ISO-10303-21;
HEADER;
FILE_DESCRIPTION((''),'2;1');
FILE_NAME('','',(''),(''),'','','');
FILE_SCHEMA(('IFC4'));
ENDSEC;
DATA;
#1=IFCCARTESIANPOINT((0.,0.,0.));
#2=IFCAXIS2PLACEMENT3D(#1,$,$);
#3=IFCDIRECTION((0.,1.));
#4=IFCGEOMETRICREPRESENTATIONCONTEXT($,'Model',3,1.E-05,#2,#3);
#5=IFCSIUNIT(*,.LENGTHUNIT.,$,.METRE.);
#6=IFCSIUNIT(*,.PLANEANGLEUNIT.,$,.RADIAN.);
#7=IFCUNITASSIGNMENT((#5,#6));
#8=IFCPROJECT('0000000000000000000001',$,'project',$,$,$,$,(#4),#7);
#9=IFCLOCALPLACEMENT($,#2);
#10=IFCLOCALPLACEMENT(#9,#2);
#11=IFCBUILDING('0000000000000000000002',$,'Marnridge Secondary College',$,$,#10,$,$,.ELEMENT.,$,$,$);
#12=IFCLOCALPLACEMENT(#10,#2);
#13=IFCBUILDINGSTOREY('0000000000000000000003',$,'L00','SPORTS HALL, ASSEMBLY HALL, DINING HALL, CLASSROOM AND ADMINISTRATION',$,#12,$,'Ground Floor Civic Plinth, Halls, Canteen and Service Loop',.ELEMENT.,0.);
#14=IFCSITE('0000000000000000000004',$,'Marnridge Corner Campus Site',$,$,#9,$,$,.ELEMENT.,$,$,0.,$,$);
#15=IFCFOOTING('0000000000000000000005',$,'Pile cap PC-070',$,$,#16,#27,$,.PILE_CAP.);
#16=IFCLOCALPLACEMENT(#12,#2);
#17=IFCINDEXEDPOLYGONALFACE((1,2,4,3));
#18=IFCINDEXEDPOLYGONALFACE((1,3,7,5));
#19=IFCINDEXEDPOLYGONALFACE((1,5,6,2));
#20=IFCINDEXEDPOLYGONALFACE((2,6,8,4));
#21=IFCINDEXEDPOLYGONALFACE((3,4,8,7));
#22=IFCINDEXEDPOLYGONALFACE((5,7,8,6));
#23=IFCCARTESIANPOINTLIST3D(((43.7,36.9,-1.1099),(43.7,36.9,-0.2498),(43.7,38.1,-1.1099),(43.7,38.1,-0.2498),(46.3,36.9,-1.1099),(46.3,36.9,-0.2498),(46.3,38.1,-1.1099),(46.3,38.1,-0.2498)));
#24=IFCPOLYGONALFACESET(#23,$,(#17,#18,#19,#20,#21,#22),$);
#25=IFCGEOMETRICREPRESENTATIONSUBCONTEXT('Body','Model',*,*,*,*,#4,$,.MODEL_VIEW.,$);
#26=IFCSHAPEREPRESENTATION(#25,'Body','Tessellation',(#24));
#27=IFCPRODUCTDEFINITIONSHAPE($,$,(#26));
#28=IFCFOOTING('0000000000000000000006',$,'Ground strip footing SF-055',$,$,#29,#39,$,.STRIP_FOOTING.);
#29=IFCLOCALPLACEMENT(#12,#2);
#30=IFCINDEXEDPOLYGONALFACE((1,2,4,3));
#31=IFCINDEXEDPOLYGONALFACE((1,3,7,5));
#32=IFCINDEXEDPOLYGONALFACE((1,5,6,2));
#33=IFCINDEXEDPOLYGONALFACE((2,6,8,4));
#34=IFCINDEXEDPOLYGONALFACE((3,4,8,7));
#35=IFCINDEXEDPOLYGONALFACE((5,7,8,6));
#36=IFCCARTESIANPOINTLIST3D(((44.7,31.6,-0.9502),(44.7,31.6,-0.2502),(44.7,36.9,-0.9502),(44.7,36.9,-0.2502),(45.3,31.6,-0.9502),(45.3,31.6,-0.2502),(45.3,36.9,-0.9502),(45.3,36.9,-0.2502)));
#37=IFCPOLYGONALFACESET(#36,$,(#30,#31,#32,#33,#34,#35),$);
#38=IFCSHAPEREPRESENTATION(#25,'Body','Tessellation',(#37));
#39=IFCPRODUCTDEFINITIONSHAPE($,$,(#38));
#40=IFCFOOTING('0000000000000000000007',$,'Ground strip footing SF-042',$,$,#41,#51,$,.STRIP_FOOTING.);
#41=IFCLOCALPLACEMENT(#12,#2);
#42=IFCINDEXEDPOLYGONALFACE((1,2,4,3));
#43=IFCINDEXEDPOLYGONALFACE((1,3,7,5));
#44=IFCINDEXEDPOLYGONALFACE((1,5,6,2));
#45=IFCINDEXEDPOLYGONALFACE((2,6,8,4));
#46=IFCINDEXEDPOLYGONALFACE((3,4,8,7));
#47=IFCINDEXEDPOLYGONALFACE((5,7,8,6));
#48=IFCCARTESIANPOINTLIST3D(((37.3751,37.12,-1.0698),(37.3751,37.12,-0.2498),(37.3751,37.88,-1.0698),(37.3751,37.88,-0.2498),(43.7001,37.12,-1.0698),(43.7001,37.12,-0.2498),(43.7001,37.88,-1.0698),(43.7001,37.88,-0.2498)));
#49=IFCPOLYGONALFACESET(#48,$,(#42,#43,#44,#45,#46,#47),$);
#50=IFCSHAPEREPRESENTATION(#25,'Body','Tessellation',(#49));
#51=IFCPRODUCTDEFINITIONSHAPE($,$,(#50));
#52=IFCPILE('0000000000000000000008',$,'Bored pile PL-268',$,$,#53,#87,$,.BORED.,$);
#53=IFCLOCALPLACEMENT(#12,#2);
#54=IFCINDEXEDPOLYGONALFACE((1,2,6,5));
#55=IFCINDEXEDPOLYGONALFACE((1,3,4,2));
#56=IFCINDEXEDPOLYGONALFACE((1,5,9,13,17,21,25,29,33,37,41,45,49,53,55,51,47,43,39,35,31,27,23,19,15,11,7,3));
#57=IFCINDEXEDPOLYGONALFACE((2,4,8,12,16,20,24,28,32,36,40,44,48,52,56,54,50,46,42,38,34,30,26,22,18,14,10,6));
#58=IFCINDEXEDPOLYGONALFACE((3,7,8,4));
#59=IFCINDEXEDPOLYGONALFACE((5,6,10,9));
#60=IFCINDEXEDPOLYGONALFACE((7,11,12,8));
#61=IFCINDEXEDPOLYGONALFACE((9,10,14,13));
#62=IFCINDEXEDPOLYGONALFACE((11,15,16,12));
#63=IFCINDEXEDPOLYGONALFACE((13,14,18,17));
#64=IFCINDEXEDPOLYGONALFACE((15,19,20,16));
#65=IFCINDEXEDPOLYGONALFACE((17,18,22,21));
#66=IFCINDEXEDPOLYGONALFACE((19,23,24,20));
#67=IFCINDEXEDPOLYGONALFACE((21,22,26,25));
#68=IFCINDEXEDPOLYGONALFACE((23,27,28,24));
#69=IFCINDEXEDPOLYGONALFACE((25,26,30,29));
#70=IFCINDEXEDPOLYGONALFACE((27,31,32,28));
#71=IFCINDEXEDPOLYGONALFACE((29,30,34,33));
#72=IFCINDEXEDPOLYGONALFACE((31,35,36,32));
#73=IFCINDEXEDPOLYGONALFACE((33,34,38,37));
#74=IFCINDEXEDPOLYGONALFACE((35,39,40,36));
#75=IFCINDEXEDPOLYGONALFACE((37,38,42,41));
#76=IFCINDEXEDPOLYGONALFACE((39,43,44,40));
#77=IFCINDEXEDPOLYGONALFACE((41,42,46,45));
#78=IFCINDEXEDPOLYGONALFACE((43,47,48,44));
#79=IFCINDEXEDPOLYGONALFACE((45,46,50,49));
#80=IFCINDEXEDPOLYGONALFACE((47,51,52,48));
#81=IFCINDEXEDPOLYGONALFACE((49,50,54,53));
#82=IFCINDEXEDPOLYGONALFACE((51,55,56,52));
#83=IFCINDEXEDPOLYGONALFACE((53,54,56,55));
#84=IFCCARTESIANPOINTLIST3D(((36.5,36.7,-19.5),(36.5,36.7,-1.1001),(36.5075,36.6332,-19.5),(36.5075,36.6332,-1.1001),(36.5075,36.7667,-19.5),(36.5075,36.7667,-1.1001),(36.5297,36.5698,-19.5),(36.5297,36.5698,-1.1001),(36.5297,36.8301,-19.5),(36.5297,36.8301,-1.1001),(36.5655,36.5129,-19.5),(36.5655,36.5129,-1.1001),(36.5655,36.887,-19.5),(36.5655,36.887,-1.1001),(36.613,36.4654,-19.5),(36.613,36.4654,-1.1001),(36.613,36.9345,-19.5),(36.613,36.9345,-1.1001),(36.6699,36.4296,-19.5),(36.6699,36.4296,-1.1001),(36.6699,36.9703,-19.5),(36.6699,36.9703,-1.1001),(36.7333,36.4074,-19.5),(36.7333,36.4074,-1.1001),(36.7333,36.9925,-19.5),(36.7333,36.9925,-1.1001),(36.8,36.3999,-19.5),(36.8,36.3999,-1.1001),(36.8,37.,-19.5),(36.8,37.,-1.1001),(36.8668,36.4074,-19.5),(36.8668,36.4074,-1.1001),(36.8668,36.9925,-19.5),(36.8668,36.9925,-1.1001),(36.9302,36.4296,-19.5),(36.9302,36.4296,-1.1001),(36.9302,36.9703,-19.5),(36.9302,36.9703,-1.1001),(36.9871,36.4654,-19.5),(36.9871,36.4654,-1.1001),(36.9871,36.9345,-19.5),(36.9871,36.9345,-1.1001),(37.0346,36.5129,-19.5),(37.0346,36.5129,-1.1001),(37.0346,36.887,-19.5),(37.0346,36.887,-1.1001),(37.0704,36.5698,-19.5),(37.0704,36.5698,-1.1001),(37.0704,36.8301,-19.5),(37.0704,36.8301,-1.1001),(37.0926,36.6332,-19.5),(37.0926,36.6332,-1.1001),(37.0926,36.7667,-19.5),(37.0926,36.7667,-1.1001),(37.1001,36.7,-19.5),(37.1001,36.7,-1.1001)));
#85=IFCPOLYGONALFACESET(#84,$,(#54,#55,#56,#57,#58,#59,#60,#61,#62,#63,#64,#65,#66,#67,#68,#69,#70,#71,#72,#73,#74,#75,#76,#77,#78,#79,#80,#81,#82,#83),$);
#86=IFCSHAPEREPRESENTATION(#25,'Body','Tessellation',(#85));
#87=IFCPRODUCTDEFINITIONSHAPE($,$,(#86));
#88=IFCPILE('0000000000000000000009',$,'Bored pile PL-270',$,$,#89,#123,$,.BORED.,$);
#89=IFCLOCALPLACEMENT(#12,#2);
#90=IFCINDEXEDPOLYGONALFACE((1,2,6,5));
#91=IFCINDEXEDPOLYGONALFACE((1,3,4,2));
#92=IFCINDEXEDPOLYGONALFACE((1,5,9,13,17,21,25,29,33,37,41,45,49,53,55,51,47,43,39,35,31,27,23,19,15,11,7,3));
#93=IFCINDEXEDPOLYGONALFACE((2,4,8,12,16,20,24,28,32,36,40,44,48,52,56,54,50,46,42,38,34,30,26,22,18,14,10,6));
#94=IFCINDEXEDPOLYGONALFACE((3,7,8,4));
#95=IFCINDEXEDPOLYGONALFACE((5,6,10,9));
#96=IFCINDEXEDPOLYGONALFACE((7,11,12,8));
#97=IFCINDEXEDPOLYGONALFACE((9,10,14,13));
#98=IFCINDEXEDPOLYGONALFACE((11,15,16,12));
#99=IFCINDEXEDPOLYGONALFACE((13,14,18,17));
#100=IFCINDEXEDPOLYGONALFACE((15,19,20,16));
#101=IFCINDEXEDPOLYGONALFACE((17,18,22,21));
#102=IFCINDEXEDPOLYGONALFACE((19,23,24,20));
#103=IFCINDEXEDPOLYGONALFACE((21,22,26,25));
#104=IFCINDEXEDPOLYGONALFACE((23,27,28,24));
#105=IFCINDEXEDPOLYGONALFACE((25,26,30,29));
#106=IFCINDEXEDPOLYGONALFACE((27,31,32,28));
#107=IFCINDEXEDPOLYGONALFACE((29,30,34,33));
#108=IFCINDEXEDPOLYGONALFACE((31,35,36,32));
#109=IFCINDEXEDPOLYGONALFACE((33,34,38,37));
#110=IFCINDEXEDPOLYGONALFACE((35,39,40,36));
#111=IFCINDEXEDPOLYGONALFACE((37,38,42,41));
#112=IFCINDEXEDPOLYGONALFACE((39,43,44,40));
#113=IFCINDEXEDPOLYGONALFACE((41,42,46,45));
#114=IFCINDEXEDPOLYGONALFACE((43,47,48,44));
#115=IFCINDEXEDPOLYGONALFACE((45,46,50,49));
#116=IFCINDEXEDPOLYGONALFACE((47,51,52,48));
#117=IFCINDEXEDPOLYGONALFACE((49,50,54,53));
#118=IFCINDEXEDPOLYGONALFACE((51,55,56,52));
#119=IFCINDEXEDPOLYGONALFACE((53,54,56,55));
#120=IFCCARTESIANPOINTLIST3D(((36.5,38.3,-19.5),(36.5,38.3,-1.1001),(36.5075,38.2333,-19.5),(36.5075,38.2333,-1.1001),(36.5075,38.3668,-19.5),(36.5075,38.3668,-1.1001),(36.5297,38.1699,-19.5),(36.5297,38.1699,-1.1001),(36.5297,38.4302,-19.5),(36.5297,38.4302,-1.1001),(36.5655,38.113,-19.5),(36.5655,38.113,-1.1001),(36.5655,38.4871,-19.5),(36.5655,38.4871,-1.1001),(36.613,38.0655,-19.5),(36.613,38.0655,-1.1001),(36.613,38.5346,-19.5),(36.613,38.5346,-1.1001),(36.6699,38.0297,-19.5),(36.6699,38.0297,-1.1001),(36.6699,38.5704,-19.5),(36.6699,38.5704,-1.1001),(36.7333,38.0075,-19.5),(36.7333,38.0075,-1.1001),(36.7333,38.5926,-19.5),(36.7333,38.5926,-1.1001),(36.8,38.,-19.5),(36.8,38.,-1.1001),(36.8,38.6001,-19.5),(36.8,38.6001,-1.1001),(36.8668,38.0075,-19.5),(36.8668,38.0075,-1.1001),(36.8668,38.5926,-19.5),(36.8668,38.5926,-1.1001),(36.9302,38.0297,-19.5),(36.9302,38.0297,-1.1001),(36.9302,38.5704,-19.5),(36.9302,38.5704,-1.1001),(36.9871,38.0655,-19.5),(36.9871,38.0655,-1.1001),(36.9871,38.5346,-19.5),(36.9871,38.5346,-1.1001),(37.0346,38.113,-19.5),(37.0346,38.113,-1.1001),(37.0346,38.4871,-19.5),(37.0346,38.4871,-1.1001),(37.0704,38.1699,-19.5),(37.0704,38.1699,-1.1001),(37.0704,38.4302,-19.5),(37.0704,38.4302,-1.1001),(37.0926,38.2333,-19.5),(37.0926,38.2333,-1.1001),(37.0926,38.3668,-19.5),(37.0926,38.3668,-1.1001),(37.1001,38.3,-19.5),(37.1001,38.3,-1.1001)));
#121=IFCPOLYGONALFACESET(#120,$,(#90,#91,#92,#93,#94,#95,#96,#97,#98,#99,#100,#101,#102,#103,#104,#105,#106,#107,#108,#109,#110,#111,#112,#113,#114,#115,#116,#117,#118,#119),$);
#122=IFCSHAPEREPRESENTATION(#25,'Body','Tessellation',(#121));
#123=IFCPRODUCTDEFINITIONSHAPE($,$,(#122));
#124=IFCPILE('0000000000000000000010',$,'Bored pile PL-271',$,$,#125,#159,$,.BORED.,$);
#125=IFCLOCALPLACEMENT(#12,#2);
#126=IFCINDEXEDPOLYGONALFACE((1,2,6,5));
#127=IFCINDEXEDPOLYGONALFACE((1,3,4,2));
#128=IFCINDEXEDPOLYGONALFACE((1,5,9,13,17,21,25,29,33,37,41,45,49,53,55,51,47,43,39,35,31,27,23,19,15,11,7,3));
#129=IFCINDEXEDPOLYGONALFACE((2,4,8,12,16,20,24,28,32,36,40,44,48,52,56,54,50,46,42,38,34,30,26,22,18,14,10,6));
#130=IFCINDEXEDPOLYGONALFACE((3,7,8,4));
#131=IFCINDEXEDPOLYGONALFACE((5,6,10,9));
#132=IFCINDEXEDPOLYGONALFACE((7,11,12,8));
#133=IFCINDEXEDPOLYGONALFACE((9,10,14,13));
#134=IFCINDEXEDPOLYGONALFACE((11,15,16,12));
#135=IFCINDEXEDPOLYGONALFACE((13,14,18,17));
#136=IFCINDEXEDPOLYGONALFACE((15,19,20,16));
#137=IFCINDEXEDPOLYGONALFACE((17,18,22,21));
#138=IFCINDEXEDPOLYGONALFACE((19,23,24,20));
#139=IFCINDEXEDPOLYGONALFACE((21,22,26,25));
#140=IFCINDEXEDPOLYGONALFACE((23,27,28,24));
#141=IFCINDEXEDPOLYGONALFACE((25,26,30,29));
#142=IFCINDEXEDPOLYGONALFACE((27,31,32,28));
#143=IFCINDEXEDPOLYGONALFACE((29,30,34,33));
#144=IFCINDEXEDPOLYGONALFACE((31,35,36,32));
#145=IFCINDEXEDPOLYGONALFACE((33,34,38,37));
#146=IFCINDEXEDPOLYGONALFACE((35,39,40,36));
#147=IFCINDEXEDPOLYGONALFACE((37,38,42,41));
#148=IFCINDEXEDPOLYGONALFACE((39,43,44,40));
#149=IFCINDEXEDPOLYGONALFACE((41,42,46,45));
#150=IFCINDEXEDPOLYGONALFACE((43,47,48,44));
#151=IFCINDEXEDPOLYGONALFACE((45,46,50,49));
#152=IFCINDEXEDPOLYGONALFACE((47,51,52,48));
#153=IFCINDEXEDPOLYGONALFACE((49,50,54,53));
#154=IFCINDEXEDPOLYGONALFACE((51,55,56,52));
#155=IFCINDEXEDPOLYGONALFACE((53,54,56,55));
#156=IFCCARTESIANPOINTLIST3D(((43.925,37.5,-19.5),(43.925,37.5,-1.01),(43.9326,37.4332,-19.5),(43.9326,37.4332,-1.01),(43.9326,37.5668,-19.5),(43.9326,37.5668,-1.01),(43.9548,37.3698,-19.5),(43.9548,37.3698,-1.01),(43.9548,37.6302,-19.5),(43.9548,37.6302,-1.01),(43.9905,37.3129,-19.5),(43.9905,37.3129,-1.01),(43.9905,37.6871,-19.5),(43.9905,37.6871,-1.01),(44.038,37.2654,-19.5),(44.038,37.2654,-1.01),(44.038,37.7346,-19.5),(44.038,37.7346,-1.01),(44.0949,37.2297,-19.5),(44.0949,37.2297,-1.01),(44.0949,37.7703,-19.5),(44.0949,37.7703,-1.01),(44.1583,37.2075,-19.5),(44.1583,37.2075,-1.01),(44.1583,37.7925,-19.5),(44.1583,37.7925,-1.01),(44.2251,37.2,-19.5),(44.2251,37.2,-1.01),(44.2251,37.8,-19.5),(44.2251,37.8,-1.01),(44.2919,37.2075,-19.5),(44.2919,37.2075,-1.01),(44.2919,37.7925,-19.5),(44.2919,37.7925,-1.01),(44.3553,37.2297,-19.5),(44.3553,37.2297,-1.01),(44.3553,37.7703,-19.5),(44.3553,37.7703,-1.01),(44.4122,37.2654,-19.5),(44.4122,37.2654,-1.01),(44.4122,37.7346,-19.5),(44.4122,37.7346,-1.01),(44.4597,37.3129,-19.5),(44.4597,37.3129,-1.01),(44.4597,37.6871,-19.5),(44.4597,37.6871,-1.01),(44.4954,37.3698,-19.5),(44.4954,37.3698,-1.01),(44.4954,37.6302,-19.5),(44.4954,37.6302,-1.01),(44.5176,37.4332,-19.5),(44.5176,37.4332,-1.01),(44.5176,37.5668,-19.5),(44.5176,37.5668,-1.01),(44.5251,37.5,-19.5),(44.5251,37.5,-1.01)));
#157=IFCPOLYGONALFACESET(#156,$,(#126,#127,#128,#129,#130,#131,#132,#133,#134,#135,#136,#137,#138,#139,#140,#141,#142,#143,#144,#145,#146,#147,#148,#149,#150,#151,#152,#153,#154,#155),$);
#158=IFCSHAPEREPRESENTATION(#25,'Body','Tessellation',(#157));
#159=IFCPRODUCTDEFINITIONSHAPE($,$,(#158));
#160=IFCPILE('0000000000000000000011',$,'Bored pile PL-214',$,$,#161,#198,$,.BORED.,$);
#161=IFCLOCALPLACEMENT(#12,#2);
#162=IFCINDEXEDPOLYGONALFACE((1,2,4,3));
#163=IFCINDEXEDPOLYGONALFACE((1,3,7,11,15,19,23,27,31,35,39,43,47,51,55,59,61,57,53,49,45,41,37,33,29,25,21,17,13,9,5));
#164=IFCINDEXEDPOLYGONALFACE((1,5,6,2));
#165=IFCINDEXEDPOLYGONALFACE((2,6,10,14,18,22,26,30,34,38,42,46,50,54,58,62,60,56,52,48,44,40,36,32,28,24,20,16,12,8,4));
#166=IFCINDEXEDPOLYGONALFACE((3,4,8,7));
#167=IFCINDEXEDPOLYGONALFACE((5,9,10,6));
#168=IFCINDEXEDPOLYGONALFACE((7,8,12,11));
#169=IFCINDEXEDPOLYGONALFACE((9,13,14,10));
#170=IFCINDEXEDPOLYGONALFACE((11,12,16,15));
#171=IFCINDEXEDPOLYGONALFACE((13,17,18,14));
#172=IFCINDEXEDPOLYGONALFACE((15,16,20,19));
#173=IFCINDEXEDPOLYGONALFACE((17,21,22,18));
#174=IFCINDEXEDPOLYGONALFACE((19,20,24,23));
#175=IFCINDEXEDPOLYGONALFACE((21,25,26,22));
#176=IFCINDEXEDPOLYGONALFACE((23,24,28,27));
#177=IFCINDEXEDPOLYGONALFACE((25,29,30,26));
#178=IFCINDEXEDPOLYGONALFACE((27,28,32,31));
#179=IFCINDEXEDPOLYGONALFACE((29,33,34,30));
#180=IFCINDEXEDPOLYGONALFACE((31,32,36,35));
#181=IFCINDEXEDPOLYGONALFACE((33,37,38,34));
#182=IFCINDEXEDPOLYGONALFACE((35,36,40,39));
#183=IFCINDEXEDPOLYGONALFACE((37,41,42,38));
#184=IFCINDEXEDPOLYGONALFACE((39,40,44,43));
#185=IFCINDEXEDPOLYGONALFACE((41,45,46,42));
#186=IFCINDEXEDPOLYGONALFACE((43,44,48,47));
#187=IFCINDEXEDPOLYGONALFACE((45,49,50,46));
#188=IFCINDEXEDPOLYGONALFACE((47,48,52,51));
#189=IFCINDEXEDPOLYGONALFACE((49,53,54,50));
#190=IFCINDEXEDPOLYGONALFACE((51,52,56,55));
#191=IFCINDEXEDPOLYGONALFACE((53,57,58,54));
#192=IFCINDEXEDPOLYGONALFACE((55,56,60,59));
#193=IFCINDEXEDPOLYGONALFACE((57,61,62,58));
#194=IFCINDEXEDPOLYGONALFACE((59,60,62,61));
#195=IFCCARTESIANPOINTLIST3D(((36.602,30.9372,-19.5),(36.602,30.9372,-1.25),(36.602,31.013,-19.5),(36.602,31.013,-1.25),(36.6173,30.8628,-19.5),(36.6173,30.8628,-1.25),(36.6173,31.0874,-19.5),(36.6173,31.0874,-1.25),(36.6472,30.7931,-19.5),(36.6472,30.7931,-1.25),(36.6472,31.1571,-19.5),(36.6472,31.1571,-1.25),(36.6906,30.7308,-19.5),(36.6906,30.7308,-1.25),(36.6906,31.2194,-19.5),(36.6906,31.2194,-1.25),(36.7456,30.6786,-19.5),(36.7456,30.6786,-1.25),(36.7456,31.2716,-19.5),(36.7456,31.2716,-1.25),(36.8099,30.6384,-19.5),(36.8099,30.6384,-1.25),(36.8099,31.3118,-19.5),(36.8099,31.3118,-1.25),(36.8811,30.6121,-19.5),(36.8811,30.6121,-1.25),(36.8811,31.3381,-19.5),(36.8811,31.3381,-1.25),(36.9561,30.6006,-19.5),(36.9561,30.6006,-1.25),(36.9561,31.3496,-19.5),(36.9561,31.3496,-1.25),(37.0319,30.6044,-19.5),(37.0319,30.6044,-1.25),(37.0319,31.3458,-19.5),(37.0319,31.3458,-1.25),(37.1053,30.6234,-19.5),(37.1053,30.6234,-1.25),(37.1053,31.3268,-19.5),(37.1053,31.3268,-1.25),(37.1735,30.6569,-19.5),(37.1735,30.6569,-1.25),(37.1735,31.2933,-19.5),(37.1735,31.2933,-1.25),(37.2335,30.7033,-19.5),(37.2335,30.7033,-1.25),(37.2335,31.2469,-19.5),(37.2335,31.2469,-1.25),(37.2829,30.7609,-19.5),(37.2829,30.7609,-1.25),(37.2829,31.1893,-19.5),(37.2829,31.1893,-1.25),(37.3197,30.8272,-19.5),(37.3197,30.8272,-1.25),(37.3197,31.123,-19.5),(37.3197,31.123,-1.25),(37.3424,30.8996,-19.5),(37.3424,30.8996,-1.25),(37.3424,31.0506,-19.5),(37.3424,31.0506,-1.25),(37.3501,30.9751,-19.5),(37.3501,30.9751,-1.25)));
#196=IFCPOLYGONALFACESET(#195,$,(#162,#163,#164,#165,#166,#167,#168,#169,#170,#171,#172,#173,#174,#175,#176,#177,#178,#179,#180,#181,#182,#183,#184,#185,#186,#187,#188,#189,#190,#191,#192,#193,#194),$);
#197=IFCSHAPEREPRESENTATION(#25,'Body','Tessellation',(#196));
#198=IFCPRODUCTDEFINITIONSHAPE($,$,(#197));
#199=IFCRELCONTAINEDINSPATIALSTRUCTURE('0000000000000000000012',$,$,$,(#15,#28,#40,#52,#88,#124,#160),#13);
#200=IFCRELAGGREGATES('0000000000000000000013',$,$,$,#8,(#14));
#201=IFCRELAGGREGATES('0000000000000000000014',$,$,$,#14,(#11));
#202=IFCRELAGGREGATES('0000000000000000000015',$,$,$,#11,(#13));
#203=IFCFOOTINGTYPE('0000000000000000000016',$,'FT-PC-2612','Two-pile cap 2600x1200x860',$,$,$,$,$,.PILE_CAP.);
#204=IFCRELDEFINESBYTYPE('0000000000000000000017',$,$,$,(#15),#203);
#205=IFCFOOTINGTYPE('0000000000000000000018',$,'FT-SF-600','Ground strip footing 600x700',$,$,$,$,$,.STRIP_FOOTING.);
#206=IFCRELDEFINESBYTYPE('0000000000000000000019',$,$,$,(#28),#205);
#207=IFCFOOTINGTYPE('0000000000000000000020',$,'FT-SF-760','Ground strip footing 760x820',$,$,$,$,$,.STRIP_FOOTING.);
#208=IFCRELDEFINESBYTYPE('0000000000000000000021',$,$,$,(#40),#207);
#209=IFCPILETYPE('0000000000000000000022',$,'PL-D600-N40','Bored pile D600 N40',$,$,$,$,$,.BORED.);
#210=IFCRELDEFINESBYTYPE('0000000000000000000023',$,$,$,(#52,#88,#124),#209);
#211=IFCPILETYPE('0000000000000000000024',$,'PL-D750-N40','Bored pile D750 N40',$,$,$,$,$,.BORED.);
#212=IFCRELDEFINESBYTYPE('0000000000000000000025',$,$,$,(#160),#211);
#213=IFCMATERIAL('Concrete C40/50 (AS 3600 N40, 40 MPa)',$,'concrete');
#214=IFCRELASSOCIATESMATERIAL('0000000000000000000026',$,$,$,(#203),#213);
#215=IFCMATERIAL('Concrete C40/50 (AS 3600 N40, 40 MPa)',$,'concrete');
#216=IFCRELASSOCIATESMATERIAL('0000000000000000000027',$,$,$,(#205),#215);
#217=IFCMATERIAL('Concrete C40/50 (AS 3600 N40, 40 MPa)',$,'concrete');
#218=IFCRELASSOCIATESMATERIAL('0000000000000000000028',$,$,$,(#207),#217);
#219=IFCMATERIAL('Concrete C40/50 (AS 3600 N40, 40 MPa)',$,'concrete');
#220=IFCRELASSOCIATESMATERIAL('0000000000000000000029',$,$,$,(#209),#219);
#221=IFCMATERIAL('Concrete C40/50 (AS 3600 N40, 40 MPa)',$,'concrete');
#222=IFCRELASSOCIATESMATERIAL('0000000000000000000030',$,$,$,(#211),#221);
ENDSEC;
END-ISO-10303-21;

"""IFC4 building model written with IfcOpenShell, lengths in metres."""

from ifc_helpers import new_model, si_unit, direction, frame, origin, origin_2d, place, context, subcontext, project, spatial, rectangle, circle, extrude, material, material_profile, profile_set, type_object, element, save


model = new_model("IFC4")

# Units and contexts
model_context = context("Model", 3, precision=1e-05, world=origin(), true_north=direction((0.0, 1.0)))
body_context = subcontext(model_context, "Body", "Model", "MODEL_VIEW")
ifc_project = project(units=[si_unit("LENGTHUNIT", "METRE"), si_unit("PLANEANGLEUNIT", "RADIAN")], contexts=[model_context])

# Site, building, storey
site_placement = place(None, origin())
site = spatial("IfcSite", under=ifc_project, at=site_placement, Name="Marnridge Corner Campus Site", CompositionType="ELEMENT", RefElevation=0.0)
building_placement = place(site_placement, origin())
building = spatial("IfcBuilding", under=site, at=building_placement, Name="Marnridge Secondary College", CompositionType="ELEMENT")
storey_placement = place(building_placement, origin())
storey = spatial("IfcBuildingStorey", under=building, at=storey_placement, Name="L00", Description="SPORTS HALL, ASSEMBLY HALL, DINING HALL, CLASSROOM AND ADMINISTRATION", LongName="Ground Floor Civic Plinth, Halls, Canteen and Service Loop", CompositionType="ELEMENT", Elevation=0.0)

# Footings
ifc_material_1 = material(Name="Concrete C40/50 (AS 3600 N40, 40 MPa)", Category="concrete")
footing_type_1 = type_object("IfcFootingType", Name="FT-PC-2612", Description="Two-pile cap 2600x1200x860", PredefinedType="PILE_CAP", material=ifc_material_1)
footing_1_placement = place(storey_placement, frame((45.0, 37.5, -1.1099), z_axis=(0.0, 0.0, 1.0), x_axis=(1.0, 0.0, 0.0)))
element("IfcFooting", 1, at=footing_1_placement, inside=storey, type_object=footing_type_1, Name="Pile cap PC-070", PredefinedType="PILE_CAP", context=body_context, shape_type="SweptSolid", body=[
    extrude(rectangle(XDim=2.6001, YDim=1.2, at=origin_2d()), origin(), (0.0, 0.0, 1.0), 0.8601),
])
ifc_material_2 = material(Name="Concrete C40/50 (AS 3600 N40, 40 MPa)", Category="concrete")
footing_type_2 = type_object("IfcFootingType", Name="FT-SF-600", Description="Ground strip footing 600x700", PredefinedType="STRIP_FOOTING", material=ifc_material_2)
footing_2_placement = place(storey_placement, frame((45.0, 34.25, -0.9502), z_axis=(0.0, 0.0, 1.0), x_axis=(1.0, 0.0, 0.0)))
element("IfcFooting", 2, at=footing_2_placement, inside=storey, type_object=footing_type_2, Name="Ground strip footing SF-055", PredefinedType="STRIP_FOOTING", context=body_context, shape_type="SweptSolid", body=[
    extrude(rectangle(XDim=0.6001, YDim=5.3, at=origin_2d()), origin(), (0.0, 0.0, 1.0), 0.7),
])
ifc_material_3 = material(Name="Concrete C40/50 (AS 3600 N40, 40 MPa)", Category="concrete")
footing_type_3 = type_object("IfcFootingType", Name="FT-SF-760", Description="Ground strip footing 760x820", PredefinedType="STRIP_FOOTING", material=ifc_material_3)
footing_3_placement = place(storey_placement, frame((40.5376, 37.5, -1.0698), z_axis=(0.0, 0.0, 1.0), x_axis=(1.0, 0.0, 0.0)))
element("IfcFooting", 3, at=footing_3_placement, inside=storey, type_object=footing_type_3, Name="Ground strip footing SF-042", PredefinedType="STRIP_FOOTING", context=body_context, shape_type="SweptSolid", body=[
    extrude(rectangle(XDim=6.325, YDim=0.76, at=origin_2d()), origin(), (0.0, 0.0, 1.0), 0.8201),
])

# Piles
ifc_material_4 = material(Name="Concrete C40/50 (AS 3600 N40, 40 MPa)", Category="concrete")
ifc_material_profile_1 = material_profile(ifc_material_4, circle(Radius=0.3, at=origin_2d()), Name="PILE D600")
ifc_profile_set_1 = profile_set([ifc_material_profile_1], Name="Concrete C40/50 (AS 3600 N40, 40 MPa)")
pile_type_1 = type_object("IfcPileType", Name="PL-D600-N40", Description="Bored pile D600 N40", PredefinedType="BORED", material=ifc_profile_set_1)
for number, where, z_axis, x_axis, name in (
    (4, (36.8, 36.7, -1.1001), (0.0, 0.0, -1.0), (1.0, 0.0, 0.0), "Bored pile PL-268"),
    (5, (36.8, 38.3, -1.1001), (0.0, 0.0, -1.0), (1.0, 0.0, 0.0), "Bored pile PL-270"),
):
    element("IfcPile", number, at=place(storey_placement, frame(where, z_axis=z_axis, x_axis=x_axis)), inside=storey, type_object=pile_type_1, Name=name, PredefinedType="BORED", context=body_context, shape_type="SweptSolid", body=[
        extrude(circle(Radius=0.3, at=origin_2d()), origin(), (0.0, 0.0, 1.0), 18.3999),
    ])
pile_1_placement = place(storey_placement, frame((44.2251, 37.5, -1.01), z_axis=(0.0, 0.0, -1.0), x_axis=(1.0, 0.0, 0.0)))
element("IfcPile", 6, at=pile_1_placement, inside=storey, type_object=pile_type_1, Name="Bored pile PL-271", PredefinedType="BORED", context=body_context, shape_type="SweptSolid", body=[
    extrude(circle(Radius=0.3, at=origin_2d()), origin(), (0.0, 0.0, 1.0), 18.49),
])
ifc_material_5 = material(Name="Concrete C40/50 (AS 3600 N40, 40 MPa)", Category="concrete")
ifc_material_profile_2 = material_profile(ifc_material_5, circle(Radius=0.375, at=origin_2d()), Name="PILE D750")
ifc_profile_set_2 = profile_set([ifc_material_profile_2], Name="Concrete C40/50 (AS 3600 N40, 40 MPa)")
pile_type_2 = type_object("IfcPileType", Name="PL-D750-N40", Description="Bored pile D750 N40", PredefinedType="BORED", material=ifc_profile_set_2)
pile_2_placement = place(storey_placement, frame((36.9751, 30.9751, -1.25), z_axis=(0.0, 0.0, -1.0), x_axis=(1.0, 0.0, 0.0)))
element("IfcPile", 7, at=pile_2_placement, inside=storey, type_object=pile_type_2, Name="Bored pile PL-214", PredefinedType="BORED", context=body_context, shape_type="SweptSolid", body=[
    extrude(circle(Radius=0.375, at=origin_2d()), origin(), (0.0, 0.0, 1.0), 18.25),
])

save(model, "model.ifc")
